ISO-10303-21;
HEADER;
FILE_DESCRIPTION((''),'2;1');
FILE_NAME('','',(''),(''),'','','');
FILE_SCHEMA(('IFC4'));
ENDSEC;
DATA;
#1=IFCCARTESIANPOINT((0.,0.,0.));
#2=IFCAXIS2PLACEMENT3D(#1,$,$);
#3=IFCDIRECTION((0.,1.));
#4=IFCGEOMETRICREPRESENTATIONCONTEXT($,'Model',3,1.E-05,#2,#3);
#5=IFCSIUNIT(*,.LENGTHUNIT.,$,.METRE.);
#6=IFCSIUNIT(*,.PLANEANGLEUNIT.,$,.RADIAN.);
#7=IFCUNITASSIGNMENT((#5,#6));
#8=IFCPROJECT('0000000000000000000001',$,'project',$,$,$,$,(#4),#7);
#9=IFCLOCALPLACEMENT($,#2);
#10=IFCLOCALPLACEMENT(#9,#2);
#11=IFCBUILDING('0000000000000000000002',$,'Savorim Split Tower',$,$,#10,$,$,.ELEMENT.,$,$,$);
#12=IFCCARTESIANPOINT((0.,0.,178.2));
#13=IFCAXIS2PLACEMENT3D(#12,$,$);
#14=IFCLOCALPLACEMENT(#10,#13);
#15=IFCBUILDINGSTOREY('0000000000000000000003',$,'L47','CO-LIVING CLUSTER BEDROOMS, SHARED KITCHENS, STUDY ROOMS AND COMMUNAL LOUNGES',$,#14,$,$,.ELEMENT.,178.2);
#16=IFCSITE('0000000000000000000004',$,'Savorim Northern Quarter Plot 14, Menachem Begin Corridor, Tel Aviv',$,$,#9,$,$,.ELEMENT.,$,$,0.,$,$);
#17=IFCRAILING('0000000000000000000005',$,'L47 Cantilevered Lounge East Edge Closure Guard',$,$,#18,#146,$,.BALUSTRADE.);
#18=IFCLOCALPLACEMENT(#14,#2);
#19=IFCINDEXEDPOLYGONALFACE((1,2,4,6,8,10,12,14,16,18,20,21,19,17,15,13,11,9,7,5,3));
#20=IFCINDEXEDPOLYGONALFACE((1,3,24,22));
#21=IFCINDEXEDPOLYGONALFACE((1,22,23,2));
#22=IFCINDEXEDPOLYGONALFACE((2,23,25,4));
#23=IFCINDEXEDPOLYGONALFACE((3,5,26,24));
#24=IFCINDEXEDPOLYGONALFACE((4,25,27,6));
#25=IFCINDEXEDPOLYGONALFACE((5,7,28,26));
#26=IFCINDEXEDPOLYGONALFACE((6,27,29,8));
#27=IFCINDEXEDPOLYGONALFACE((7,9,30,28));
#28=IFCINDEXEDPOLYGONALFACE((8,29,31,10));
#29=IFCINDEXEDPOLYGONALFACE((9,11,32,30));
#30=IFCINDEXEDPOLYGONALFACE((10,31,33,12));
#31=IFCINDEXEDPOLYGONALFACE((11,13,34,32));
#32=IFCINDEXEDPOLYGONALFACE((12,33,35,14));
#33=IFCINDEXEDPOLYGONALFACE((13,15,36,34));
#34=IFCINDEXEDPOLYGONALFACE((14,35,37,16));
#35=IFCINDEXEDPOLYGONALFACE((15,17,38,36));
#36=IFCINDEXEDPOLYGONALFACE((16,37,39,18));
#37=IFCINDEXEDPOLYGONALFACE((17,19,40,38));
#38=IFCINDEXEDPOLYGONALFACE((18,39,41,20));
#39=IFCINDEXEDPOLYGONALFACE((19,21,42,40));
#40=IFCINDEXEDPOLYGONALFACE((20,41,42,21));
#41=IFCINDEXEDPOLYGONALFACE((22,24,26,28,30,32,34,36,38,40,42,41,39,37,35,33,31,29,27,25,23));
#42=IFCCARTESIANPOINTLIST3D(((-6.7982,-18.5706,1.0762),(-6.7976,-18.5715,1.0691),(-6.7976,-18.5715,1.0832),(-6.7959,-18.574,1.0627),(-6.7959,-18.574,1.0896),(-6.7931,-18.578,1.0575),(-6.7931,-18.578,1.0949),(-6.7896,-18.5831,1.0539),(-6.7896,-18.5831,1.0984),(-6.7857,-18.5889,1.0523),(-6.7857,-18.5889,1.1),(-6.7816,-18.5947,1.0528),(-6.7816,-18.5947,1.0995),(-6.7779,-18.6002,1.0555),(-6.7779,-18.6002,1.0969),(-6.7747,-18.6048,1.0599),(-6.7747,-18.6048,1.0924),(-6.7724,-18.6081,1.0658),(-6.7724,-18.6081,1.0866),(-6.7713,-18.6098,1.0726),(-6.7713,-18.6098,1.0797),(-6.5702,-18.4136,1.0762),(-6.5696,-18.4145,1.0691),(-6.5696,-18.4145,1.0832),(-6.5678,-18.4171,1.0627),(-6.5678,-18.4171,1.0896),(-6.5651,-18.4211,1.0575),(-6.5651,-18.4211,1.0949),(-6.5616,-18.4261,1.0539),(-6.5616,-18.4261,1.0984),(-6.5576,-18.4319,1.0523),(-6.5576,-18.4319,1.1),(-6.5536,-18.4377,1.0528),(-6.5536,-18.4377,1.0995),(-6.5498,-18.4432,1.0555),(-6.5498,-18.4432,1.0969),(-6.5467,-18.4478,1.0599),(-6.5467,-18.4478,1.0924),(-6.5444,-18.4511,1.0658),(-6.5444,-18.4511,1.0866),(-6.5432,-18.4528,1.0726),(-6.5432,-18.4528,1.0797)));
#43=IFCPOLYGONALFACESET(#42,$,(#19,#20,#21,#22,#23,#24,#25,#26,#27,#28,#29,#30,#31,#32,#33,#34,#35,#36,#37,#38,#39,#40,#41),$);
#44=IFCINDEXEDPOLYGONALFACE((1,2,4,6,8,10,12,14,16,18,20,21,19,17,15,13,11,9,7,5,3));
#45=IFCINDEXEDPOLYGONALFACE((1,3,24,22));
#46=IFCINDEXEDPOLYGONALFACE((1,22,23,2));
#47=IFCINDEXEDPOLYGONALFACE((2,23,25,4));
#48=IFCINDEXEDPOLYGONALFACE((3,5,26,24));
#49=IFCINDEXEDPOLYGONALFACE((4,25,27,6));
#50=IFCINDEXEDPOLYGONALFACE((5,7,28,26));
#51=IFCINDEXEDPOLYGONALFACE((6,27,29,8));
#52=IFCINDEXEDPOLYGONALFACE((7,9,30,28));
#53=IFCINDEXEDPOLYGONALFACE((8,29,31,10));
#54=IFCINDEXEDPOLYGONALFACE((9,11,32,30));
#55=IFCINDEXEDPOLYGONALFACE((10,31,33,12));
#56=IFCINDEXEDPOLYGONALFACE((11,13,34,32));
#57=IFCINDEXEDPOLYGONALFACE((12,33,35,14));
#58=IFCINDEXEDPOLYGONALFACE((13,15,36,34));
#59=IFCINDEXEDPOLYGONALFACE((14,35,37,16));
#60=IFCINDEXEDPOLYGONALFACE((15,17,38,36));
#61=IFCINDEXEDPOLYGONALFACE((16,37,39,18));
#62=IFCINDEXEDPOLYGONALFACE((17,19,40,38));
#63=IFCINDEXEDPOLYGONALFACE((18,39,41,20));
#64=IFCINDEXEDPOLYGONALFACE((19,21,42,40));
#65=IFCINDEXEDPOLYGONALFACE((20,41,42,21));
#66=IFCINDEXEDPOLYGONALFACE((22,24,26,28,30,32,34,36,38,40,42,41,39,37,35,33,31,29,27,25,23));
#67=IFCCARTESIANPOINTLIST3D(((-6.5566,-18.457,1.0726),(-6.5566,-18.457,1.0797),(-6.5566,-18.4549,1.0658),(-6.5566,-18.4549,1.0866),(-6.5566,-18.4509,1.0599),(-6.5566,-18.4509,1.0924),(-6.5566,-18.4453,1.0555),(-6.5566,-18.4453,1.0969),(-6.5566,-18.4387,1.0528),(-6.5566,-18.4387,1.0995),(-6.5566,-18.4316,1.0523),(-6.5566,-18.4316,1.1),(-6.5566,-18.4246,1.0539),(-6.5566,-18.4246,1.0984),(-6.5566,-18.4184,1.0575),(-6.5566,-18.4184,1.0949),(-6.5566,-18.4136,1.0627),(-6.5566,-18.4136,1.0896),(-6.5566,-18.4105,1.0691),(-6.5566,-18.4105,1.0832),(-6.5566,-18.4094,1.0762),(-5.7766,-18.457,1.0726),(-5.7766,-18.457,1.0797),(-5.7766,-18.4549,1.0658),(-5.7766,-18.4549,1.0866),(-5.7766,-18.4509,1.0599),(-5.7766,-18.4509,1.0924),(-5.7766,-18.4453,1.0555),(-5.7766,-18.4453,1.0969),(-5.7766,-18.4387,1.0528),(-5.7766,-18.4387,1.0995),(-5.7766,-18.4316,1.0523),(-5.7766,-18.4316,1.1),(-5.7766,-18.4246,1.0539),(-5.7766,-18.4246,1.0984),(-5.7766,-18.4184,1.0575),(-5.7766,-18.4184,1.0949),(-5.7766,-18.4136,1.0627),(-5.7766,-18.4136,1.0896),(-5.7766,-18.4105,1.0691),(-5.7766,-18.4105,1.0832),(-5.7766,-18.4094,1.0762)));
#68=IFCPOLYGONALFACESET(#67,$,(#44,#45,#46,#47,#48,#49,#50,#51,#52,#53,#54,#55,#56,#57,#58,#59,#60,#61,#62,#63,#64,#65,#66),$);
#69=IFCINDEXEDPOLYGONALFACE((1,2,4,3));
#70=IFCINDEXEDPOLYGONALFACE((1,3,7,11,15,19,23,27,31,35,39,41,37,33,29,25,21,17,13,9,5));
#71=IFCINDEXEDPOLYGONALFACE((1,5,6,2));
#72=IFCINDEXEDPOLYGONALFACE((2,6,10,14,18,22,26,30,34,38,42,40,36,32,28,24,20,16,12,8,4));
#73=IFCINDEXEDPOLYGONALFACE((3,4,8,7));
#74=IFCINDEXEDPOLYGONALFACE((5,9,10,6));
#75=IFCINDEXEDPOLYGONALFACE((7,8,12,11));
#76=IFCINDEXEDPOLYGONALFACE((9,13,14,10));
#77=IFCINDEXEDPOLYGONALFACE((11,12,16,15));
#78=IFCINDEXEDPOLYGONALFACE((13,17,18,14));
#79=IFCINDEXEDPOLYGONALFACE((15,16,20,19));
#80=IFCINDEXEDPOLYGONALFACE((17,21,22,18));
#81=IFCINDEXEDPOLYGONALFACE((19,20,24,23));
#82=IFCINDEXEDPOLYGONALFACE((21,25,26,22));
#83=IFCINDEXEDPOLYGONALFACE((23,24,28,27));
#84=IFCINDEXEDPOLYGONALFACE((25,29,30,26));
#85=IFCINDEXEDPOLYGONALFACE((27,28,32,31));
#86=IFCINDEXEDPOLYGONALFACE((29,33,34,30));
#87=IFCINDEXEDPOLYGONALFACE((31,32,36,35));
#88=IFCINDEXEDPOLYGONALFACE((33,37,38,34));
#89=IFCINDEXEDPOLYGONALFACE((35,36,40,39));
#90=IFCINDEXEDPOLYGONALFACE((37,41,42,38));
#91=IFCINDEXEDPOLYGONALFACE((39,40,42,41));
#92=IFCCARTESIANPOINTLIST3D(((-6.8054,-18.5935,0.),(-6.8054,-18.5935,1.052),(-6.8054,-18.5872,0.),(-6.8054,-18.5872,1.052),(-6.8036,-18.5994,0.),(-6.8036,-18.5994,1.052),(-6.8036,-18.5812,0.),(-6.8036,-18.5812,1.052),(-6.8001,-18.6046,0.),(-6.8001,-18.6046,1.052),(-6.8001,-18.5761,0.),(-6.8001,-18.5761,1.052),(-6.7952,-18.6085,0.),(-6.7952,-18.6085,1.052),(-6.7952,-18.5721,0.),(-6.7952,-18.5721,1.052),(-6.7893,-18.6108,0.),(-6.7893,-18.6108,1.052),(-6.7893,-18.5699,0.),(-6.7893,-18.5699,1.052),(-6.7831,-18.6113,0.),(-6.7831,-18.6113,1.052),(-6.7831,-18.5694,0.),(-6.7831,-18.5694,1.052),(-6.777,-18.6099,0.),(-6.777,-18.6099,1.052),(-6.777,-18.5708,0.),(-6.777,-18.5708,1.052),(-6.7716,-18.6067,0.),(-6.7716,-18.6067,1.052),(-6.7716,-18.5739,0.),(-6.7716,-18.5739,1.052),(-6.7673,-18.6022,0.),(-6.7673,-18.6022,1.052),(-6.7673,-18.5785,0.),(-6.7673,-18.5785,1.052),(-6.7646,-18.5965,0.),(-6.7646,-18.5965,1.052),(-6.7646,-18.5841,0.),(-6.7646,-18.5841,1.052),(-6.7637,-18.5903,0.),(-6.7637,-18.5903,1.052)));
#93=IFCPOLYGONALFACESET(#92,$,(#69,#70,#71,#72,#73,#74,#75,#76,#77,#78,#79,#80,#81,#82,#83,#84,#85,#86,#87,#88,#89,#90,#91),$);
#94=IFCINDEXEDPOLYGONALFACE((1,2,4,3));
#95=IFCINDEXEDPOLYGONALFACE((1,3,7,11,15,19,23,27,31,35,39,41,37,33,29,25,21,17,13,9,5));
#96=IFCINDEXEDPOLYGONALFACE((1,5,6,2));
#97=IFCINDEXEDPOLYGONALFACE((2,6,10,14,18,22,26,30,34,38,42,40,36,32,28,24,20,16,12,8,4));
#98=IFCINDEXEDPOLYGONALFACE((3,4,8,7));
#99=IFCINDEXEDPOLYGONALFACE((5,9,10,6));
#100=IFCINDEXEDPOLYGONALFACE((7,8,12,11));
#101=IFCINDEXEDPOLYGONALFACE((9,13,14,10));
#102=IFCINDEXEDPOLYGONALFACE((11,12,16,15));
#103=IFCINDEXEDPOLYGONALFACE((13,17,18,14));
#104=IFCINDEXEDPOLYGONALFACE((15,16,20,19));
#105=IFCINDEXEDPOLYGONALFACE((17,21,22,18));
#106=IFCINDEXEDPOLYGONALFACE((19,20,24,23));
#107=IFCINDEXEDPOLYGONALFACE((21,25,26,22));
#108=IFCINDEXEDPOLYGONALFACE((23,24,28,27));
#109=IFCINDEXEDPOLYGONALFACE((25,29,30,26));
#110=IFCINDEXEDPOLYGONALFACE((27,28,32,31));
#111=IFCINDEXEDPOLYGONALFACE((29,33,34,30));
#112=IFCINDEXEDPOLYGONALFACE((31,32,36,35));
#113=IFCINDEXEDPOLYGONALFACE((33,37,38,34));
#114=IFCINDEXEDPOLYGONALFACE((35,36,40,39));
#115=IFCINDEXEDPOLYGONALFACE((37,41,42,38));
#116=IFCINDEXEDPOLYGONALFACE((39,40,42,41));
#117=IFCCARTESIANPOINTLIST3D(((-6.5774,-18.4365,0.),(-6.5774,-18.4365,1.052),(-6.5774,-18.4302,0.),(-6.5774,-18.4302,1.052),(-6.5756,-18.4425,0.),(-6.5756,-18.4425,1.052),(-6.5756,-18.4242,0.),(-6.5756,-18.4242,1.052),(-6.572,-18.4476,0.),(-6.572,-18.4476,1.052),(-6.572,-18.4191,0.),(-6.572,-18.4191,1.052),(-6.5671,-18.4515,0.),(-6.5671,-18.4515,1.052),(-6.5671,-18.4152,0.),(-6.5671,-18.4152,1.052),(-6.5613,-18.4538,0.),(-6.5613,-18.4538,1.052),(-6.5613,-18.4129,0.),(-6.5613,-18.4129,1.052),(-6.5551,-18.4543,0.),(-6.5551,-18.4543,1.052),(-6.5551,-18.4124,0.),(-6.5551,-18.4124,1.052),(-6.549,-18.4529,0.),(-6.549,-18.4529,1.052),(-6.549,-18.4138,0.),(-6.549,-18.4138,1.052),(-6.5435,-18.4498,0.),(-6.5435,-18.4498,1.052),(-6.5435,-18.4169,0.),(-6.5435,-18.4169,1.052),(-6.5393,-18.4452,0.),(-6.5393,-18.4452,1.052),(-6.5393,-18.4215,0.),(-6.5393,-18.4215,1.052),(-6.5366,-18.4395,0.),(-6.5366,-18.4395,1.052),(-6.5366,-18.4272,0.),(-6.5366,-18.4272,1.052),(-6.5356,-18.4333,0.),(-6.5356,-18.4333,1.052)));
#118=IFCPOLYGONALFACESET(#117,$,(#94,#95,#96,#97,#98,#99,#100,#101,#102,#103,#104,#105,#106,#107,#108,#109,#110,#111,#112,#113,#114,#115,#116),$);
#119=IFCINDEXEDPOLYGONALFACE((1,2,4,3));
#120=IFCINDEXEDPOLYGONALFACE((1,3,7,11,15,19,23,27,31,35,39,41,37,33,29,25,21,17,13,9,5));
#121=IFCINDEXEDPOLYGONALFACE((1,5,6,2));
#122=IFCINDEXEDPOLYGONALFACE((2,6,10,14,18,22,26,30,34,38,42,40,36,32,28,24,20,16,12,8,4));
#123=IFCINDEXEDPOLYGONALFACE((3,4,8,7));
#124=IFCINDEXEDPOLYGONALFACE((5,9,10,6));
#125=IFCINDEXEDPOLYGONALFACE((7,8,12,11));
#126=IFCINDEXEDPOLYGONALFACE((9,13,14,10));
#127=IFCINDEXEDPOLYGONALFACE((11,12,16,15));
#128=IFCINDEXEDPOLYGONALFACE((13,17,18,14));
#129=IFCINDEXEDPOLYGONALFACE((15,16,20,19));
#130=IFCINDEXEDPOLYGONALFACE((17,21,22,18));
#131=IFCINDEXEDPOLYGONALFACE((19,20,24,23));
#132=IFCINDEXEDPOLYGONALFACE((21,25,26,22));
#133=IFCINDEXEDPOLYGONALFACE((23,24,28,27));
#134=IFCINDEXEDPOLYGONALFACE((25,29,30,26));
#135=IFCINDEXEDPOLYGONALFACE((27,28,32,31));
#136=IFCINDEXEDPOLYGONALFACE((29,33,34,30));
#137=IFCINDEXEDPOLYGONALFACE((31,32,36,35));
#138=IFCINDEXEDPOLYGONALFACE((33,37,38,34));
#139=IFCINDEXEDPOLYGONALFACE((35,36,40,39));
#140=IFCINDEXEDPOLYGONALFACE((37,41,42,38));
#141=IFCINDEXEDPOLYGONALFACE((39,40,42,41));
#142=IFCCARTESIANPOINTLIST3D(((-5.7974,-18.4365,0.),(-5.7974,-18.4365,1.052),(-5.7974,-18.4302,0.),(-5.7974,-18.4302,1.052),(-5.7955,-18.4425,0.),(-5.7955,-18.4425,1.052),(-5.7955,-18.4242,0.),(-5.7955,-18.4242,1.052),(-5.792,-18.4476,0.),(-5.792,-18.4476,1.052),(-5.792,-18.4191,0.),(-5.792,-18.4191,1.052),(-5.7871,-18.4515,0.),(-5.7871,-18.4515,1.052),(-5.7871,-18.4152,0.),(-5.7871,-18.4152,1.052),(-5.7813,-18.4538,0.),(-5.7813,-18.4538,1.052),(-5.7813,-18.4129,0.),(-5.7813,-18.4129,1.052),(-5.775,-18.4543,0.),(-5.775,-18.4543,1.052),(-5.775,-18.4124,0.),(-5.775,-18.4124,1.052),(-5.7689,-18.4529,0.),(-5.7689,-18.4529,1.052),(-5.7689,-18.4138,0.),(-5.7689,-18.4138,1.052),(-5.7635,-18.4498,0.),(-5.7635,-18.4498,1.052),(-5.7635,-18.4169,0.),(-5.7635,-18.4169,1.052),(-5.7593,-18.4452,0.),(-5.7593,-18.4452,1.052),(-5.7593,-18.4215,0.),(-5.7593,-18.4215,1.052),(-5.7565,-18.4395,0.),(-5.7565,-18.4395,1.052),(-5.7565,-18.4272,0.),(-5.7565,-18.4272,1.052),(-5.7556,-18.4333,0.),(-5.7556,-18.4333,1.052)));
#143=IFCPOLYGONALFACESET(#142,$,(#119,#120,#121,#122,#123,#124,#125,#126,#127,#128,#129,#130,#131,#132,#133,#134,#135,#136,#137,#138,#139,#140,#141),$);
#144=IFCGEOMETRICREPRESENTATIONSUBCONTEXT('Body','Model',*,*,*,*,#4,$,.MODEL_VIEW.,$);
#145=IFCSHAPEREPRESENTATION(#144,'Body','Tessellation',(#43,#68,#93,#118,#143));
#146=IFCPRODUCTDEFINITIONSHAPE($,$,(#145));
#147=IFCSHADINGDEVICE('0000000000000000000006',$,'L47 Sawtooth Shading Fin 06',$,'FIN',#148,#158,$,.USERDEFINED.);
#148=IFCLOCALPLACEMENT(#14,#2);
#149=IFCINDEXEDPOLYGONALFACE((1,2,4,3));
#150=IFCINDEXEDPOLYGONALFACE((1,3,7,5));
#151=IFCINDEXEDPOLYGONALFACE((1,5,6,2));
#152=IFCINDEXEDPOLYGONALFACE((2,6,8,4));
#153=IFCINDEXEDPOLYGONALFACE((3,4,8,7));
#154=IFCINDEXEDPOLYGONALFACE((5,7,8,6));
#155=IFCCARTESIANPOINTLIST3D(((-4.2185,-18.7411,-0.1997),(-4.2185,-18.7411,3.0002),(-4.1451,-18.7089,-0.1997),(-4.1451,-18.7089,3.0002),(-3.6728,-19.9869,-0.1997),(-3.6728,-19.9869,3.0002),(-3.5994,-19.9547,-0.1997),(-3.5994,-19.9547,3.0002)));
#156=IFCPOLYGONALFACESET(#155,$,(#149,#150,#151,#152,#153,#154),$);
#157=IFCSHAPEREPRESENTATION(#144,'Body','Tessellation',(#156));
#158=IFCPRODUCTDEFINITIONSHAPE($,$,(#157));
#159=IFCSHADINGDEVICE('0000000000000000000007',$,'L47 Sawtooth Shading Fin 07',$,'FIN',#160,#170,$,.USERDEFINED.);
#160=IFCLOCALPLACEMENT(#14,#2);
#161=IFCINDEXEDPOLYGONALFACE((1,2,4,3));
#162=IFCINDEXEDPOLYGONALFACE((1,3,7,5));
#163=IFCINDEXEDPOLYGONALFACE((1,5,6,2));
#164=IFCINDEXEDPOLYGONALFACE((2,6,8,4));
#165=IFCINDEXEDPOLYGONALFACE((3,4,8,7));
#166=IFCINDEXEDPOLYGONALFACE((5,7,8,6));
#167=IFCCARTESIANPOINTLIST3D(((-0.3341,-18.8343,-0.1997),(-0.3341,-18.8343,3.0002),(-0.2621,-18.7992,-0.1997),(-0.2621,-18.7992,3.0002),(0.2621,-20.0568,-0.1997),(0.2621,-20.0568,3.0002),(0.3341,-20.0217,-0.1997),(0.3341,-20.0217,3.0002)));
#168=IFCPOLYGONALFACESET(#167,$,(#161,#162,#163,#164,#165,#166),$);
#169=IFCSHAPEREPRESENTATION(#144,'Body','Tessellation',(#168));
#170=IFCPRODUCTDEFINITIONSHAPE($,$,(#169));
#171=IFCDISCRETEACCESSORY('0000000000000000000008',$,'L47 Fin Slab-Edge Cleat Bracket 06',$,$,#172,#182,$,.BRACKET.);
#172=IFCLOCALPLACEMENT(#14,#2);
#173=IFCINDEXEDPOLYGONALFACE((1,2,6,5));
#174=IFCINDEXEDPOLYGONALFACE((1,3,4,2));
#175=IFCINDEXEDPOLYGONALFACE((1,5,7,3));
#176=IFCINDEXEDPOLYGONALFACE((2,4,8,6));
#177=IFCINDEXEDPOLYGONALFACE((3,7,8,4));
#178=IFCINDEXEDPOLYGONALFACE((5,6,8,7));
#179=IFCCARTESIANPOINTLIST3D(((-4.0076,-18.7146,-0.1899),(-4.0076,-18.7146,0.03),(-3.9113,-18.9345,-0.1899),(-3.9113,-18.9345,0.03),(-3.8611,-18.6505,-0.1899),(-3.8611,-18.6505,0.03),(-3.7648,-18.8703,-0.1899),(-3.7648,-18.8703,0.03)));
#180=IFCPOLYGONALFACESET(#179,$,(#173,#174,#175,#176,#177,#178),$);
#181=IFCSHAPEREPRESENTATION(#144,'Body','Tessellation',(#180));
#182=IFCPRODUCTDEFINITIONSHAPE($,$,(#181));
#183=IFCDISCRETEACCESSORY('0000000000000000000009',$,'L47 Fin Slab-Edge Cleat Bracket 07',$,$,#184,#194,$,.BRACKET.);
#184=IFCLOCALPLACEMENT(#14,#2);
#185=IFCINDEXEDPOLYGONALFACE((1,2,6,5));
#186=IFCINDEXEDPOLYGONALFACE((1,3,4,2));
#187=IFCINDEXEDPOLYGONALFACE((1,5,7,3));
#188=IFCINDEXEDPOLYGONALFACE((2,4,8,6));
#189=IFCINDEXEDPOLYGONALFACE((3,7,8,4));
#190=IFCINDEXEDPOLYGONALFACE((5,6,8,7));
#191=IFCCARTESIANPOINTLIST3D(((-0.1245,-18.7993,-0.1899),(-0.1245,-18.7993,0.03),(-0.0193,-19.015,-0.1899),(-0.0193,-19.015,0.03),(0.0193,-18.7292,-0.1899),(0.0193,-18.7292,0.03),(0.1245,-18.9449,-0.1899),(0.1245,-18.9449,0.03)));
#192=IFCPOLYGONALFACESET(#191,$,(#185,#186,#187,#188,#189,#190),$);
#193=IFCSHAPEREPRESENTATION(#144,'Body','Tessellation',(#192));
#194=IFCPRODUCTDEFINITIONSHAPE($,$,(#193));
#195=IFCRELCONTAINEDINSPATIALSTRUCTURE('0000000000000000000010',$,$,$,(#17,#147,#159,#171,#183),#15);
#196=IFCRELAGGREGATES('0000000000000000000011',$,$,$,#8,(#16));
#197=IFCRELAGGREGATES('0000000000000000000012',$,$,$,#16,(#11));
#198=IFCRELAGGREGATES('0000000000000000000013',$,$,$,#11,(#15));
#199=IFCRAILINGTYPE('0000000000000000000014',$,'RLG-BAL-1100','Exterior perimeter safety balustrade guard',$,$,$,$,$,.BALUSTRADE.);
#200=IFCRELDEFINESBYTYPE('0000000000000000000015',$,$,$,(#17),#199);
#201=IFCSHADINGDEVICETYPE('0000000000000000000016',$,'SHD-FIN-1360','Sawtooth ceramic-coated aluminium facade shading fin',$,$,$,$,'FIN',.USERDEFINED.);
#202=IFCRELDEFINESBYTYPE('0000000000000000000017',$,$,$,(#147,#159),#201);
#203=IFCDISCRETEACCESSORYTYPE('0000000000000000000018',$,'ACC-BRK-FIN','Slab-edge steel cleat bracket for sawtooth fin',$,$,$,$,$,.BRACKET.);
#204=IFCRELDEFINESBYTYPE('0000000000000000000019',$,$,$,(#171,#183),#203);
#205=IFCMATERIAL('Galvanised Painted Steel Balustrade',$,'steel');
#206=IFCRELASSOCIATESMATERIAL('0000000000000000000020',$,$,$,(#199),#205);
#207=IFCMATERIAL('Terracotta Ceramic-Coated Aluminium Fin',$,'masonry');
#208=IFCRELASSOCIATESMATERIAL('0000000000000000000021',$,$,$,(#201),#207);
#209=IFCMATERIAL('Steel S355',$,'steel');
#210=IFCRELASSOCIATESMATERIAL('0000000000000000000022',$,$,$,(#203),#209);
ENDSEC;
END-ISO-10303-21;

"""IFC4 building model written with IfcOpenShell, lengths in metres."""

from ifc_helpers import new_model, si_unit, direction, frame, origin, origin_2d, place, context, subcontext, project, spatial, rectangle, circle, extrude, material, type_object, element, save


model = new_model("IFC4")

# Units and contexts
model_context = context("Model", 3, precision=1e-05, world=origin(), true_north=direction((0.0, 1.0)))
body_context = subcontext(model_context, "Body", "Model", "MODEL_VIEW")
ifc_project = project(units=[si_unit("LENGTHUNIT", "METRE"), si_unit("PLANEANGLEUNIT", "RADIAN")], contexts=[model_context])

# Site, building, storey
site_placement = place(None, origin())
site = spatial("IfcSite", under=ifc_project, at=site_placement, Name="Savorim Northern Quarter Plot 14, Menachem Begin Corridor, Tel Aviv", CompositionType="ELEMENT", RefElevation=0.0)
building_placement = place(site_placement, origin())
building = spatial("IfcBuilding", under=site, at=building_placement, Name="Savorim Split Tower", CompositionType="ELEMENT")
storey_placement = place(building_placement, frame((0.0, 0.0, 178.2)))
storey = spatial("IfcBuildingStorey", under=building, at=storey_placement, Name="L47", Description="CO-LIVING CLUSTER BEDROOMS, SHARED KITCHENS, STUDY ROOMS AND COMMUNAL LOUNGES", CompositionType="ELEMENT", Elevation=178.2)

# Shared definitions
ifc_material_1 = material(Name="Steel S355", Category="steel")

# Railing
ifc_material_2 = material(Name="Galvanised Painted Steel Balustrade", Category="steel")
railing_type = type_object("IfcRailingType", Name="RLG-BAL-1100", Description="Exterior perimeter safety balustrade guard", PredefinedType="BALUSTRADE", material=ifc_material_2)
railing_placement = place(storey_placement, frame((-6.7847, -18.5903, 0.0)))
element("IfcRailing", 1, at=railing_placement, inside=storey, type_object=railing_type, Name="L47 Cantilevered Lounge East Edge Closure Guard", PredefinedType="BALUSTRADE", context=body_context, shape_type="SweptSolid", body=[
    extrude(circle(Radius=0.0239, at=origin_2d()), frame((0.0, 0.0, 1.0762), z_axis=(0.823682, 0.567053, 0.0), x_axis=(-0.567053, 0.823682, 0.0)), (0.0, 0.0, 1.0), 0.2769),
    extrude(circle(Radius=0.0239, at=origin_2d()), frame((0.228, 0.157, 1.0762), z_axis=(1.0, 0.0, 0.0), x_axis=(0.0, 1.0, 0.0)), (0.0, 0.0, 1.0), 0.78),
    extrude(circle(Radius=0.021, at=origin_2d()), origin(), (0.0, 0.0, 1.0), 1.052),
    extrude(circle(Radius=0.021, at=origin_2d()), frame((0.228, 0.157, 0.0)), (0.0, 0.0, 1.0), 1.052),
    extrude(circle(Radius=0.021, at=origin_2d()), frame((1.0081, 0.157, 0.0)), (0.0, 0.0, 1.0), 1.052),
])

# Shading devices
ifc_material_3 = material(Name="Terracotta Ceramic-Coated Aluminium Fin", Category="masonry")
shading_device_type = type_object("IfcShadingDeviceType", Name="SHD-FIN-1360", Description="Sawtooth ceramic-coated aluminium facade shading fin", ElementType="FIN", PredefinedType="USERDEFINED", material=ifc_material_3)
for number, where, z_axis, x_axis, name in (
    (2, (-3.9089, -19.3479, -0.1997), (0.0, 0.0, 1.0), (0.40123, -0.915977, 0.0), "L47 Sawtooth Shading Fin 06"),
    (3, (0.0, -19.428, -0.1997), (0.0, 0.0, 1.0), (0.438371, -0.898794, 0.0), "L47 Sawtooth Shading Fin 07"),
):
    element("IfcShadingDevice", number, at=place(storey_placement, frame(where, z_axis=z_axis, x_axis=x_axis)), inside=storey, type_object=shading_device_type, Name=name, ObjectType="FIN", PredefinedType="USERDEFINED", context=body_context, shape_type="SweptSolid", body=[
        extrude(rectangle(XDim=1.3601, YDim=0.0801, at=origin_2d()), origin(), (0.0, 0.0, 1.0), 3.2),
    ])

# Discrete accessories
discrete_accessory_type = type_object("IfcDiscreteAccessoryType", Name="ACC-BRK-FIN", Description="Slab-edge steel cleat bracket for sawtooth fin", PredefinedType="BRACKET", material=ifc_material_1)
for number, where, z_axis, x_axis, name in (
    (4, (-3.8862, -18.7925, -0.1899), (0.0, 0.0, 1.0), (0.40123, -0.915977, 0.0), "L47 Fin Slab-Edge Cleat Bracket 06"),
    (5, (0.0, -18.8721, -0.1899), (0.0, 0.0, 1.0), (0.438371, -0.898794, 0.0), "L47 Fin Slab-Edge Cleat Bracket 07"),
):
    element("IfcDiscreteAccessory", number, at=place(storey_placement, frame(where, z_axis=z_axis, x_axis=x_axis)), inside=storey, type_object=discrete_accessory_type, Name=name, PredefinedType="BRACKET", context=body_context, shape_type="SweptSolid", body=[
        extrude(rectangle(XDim=0.24, YDim=0.1599, at=origin_2d()), origin(), (0.0, 0.0, 1.0), 0.22),
    ])

save(model, "model.ifc")
